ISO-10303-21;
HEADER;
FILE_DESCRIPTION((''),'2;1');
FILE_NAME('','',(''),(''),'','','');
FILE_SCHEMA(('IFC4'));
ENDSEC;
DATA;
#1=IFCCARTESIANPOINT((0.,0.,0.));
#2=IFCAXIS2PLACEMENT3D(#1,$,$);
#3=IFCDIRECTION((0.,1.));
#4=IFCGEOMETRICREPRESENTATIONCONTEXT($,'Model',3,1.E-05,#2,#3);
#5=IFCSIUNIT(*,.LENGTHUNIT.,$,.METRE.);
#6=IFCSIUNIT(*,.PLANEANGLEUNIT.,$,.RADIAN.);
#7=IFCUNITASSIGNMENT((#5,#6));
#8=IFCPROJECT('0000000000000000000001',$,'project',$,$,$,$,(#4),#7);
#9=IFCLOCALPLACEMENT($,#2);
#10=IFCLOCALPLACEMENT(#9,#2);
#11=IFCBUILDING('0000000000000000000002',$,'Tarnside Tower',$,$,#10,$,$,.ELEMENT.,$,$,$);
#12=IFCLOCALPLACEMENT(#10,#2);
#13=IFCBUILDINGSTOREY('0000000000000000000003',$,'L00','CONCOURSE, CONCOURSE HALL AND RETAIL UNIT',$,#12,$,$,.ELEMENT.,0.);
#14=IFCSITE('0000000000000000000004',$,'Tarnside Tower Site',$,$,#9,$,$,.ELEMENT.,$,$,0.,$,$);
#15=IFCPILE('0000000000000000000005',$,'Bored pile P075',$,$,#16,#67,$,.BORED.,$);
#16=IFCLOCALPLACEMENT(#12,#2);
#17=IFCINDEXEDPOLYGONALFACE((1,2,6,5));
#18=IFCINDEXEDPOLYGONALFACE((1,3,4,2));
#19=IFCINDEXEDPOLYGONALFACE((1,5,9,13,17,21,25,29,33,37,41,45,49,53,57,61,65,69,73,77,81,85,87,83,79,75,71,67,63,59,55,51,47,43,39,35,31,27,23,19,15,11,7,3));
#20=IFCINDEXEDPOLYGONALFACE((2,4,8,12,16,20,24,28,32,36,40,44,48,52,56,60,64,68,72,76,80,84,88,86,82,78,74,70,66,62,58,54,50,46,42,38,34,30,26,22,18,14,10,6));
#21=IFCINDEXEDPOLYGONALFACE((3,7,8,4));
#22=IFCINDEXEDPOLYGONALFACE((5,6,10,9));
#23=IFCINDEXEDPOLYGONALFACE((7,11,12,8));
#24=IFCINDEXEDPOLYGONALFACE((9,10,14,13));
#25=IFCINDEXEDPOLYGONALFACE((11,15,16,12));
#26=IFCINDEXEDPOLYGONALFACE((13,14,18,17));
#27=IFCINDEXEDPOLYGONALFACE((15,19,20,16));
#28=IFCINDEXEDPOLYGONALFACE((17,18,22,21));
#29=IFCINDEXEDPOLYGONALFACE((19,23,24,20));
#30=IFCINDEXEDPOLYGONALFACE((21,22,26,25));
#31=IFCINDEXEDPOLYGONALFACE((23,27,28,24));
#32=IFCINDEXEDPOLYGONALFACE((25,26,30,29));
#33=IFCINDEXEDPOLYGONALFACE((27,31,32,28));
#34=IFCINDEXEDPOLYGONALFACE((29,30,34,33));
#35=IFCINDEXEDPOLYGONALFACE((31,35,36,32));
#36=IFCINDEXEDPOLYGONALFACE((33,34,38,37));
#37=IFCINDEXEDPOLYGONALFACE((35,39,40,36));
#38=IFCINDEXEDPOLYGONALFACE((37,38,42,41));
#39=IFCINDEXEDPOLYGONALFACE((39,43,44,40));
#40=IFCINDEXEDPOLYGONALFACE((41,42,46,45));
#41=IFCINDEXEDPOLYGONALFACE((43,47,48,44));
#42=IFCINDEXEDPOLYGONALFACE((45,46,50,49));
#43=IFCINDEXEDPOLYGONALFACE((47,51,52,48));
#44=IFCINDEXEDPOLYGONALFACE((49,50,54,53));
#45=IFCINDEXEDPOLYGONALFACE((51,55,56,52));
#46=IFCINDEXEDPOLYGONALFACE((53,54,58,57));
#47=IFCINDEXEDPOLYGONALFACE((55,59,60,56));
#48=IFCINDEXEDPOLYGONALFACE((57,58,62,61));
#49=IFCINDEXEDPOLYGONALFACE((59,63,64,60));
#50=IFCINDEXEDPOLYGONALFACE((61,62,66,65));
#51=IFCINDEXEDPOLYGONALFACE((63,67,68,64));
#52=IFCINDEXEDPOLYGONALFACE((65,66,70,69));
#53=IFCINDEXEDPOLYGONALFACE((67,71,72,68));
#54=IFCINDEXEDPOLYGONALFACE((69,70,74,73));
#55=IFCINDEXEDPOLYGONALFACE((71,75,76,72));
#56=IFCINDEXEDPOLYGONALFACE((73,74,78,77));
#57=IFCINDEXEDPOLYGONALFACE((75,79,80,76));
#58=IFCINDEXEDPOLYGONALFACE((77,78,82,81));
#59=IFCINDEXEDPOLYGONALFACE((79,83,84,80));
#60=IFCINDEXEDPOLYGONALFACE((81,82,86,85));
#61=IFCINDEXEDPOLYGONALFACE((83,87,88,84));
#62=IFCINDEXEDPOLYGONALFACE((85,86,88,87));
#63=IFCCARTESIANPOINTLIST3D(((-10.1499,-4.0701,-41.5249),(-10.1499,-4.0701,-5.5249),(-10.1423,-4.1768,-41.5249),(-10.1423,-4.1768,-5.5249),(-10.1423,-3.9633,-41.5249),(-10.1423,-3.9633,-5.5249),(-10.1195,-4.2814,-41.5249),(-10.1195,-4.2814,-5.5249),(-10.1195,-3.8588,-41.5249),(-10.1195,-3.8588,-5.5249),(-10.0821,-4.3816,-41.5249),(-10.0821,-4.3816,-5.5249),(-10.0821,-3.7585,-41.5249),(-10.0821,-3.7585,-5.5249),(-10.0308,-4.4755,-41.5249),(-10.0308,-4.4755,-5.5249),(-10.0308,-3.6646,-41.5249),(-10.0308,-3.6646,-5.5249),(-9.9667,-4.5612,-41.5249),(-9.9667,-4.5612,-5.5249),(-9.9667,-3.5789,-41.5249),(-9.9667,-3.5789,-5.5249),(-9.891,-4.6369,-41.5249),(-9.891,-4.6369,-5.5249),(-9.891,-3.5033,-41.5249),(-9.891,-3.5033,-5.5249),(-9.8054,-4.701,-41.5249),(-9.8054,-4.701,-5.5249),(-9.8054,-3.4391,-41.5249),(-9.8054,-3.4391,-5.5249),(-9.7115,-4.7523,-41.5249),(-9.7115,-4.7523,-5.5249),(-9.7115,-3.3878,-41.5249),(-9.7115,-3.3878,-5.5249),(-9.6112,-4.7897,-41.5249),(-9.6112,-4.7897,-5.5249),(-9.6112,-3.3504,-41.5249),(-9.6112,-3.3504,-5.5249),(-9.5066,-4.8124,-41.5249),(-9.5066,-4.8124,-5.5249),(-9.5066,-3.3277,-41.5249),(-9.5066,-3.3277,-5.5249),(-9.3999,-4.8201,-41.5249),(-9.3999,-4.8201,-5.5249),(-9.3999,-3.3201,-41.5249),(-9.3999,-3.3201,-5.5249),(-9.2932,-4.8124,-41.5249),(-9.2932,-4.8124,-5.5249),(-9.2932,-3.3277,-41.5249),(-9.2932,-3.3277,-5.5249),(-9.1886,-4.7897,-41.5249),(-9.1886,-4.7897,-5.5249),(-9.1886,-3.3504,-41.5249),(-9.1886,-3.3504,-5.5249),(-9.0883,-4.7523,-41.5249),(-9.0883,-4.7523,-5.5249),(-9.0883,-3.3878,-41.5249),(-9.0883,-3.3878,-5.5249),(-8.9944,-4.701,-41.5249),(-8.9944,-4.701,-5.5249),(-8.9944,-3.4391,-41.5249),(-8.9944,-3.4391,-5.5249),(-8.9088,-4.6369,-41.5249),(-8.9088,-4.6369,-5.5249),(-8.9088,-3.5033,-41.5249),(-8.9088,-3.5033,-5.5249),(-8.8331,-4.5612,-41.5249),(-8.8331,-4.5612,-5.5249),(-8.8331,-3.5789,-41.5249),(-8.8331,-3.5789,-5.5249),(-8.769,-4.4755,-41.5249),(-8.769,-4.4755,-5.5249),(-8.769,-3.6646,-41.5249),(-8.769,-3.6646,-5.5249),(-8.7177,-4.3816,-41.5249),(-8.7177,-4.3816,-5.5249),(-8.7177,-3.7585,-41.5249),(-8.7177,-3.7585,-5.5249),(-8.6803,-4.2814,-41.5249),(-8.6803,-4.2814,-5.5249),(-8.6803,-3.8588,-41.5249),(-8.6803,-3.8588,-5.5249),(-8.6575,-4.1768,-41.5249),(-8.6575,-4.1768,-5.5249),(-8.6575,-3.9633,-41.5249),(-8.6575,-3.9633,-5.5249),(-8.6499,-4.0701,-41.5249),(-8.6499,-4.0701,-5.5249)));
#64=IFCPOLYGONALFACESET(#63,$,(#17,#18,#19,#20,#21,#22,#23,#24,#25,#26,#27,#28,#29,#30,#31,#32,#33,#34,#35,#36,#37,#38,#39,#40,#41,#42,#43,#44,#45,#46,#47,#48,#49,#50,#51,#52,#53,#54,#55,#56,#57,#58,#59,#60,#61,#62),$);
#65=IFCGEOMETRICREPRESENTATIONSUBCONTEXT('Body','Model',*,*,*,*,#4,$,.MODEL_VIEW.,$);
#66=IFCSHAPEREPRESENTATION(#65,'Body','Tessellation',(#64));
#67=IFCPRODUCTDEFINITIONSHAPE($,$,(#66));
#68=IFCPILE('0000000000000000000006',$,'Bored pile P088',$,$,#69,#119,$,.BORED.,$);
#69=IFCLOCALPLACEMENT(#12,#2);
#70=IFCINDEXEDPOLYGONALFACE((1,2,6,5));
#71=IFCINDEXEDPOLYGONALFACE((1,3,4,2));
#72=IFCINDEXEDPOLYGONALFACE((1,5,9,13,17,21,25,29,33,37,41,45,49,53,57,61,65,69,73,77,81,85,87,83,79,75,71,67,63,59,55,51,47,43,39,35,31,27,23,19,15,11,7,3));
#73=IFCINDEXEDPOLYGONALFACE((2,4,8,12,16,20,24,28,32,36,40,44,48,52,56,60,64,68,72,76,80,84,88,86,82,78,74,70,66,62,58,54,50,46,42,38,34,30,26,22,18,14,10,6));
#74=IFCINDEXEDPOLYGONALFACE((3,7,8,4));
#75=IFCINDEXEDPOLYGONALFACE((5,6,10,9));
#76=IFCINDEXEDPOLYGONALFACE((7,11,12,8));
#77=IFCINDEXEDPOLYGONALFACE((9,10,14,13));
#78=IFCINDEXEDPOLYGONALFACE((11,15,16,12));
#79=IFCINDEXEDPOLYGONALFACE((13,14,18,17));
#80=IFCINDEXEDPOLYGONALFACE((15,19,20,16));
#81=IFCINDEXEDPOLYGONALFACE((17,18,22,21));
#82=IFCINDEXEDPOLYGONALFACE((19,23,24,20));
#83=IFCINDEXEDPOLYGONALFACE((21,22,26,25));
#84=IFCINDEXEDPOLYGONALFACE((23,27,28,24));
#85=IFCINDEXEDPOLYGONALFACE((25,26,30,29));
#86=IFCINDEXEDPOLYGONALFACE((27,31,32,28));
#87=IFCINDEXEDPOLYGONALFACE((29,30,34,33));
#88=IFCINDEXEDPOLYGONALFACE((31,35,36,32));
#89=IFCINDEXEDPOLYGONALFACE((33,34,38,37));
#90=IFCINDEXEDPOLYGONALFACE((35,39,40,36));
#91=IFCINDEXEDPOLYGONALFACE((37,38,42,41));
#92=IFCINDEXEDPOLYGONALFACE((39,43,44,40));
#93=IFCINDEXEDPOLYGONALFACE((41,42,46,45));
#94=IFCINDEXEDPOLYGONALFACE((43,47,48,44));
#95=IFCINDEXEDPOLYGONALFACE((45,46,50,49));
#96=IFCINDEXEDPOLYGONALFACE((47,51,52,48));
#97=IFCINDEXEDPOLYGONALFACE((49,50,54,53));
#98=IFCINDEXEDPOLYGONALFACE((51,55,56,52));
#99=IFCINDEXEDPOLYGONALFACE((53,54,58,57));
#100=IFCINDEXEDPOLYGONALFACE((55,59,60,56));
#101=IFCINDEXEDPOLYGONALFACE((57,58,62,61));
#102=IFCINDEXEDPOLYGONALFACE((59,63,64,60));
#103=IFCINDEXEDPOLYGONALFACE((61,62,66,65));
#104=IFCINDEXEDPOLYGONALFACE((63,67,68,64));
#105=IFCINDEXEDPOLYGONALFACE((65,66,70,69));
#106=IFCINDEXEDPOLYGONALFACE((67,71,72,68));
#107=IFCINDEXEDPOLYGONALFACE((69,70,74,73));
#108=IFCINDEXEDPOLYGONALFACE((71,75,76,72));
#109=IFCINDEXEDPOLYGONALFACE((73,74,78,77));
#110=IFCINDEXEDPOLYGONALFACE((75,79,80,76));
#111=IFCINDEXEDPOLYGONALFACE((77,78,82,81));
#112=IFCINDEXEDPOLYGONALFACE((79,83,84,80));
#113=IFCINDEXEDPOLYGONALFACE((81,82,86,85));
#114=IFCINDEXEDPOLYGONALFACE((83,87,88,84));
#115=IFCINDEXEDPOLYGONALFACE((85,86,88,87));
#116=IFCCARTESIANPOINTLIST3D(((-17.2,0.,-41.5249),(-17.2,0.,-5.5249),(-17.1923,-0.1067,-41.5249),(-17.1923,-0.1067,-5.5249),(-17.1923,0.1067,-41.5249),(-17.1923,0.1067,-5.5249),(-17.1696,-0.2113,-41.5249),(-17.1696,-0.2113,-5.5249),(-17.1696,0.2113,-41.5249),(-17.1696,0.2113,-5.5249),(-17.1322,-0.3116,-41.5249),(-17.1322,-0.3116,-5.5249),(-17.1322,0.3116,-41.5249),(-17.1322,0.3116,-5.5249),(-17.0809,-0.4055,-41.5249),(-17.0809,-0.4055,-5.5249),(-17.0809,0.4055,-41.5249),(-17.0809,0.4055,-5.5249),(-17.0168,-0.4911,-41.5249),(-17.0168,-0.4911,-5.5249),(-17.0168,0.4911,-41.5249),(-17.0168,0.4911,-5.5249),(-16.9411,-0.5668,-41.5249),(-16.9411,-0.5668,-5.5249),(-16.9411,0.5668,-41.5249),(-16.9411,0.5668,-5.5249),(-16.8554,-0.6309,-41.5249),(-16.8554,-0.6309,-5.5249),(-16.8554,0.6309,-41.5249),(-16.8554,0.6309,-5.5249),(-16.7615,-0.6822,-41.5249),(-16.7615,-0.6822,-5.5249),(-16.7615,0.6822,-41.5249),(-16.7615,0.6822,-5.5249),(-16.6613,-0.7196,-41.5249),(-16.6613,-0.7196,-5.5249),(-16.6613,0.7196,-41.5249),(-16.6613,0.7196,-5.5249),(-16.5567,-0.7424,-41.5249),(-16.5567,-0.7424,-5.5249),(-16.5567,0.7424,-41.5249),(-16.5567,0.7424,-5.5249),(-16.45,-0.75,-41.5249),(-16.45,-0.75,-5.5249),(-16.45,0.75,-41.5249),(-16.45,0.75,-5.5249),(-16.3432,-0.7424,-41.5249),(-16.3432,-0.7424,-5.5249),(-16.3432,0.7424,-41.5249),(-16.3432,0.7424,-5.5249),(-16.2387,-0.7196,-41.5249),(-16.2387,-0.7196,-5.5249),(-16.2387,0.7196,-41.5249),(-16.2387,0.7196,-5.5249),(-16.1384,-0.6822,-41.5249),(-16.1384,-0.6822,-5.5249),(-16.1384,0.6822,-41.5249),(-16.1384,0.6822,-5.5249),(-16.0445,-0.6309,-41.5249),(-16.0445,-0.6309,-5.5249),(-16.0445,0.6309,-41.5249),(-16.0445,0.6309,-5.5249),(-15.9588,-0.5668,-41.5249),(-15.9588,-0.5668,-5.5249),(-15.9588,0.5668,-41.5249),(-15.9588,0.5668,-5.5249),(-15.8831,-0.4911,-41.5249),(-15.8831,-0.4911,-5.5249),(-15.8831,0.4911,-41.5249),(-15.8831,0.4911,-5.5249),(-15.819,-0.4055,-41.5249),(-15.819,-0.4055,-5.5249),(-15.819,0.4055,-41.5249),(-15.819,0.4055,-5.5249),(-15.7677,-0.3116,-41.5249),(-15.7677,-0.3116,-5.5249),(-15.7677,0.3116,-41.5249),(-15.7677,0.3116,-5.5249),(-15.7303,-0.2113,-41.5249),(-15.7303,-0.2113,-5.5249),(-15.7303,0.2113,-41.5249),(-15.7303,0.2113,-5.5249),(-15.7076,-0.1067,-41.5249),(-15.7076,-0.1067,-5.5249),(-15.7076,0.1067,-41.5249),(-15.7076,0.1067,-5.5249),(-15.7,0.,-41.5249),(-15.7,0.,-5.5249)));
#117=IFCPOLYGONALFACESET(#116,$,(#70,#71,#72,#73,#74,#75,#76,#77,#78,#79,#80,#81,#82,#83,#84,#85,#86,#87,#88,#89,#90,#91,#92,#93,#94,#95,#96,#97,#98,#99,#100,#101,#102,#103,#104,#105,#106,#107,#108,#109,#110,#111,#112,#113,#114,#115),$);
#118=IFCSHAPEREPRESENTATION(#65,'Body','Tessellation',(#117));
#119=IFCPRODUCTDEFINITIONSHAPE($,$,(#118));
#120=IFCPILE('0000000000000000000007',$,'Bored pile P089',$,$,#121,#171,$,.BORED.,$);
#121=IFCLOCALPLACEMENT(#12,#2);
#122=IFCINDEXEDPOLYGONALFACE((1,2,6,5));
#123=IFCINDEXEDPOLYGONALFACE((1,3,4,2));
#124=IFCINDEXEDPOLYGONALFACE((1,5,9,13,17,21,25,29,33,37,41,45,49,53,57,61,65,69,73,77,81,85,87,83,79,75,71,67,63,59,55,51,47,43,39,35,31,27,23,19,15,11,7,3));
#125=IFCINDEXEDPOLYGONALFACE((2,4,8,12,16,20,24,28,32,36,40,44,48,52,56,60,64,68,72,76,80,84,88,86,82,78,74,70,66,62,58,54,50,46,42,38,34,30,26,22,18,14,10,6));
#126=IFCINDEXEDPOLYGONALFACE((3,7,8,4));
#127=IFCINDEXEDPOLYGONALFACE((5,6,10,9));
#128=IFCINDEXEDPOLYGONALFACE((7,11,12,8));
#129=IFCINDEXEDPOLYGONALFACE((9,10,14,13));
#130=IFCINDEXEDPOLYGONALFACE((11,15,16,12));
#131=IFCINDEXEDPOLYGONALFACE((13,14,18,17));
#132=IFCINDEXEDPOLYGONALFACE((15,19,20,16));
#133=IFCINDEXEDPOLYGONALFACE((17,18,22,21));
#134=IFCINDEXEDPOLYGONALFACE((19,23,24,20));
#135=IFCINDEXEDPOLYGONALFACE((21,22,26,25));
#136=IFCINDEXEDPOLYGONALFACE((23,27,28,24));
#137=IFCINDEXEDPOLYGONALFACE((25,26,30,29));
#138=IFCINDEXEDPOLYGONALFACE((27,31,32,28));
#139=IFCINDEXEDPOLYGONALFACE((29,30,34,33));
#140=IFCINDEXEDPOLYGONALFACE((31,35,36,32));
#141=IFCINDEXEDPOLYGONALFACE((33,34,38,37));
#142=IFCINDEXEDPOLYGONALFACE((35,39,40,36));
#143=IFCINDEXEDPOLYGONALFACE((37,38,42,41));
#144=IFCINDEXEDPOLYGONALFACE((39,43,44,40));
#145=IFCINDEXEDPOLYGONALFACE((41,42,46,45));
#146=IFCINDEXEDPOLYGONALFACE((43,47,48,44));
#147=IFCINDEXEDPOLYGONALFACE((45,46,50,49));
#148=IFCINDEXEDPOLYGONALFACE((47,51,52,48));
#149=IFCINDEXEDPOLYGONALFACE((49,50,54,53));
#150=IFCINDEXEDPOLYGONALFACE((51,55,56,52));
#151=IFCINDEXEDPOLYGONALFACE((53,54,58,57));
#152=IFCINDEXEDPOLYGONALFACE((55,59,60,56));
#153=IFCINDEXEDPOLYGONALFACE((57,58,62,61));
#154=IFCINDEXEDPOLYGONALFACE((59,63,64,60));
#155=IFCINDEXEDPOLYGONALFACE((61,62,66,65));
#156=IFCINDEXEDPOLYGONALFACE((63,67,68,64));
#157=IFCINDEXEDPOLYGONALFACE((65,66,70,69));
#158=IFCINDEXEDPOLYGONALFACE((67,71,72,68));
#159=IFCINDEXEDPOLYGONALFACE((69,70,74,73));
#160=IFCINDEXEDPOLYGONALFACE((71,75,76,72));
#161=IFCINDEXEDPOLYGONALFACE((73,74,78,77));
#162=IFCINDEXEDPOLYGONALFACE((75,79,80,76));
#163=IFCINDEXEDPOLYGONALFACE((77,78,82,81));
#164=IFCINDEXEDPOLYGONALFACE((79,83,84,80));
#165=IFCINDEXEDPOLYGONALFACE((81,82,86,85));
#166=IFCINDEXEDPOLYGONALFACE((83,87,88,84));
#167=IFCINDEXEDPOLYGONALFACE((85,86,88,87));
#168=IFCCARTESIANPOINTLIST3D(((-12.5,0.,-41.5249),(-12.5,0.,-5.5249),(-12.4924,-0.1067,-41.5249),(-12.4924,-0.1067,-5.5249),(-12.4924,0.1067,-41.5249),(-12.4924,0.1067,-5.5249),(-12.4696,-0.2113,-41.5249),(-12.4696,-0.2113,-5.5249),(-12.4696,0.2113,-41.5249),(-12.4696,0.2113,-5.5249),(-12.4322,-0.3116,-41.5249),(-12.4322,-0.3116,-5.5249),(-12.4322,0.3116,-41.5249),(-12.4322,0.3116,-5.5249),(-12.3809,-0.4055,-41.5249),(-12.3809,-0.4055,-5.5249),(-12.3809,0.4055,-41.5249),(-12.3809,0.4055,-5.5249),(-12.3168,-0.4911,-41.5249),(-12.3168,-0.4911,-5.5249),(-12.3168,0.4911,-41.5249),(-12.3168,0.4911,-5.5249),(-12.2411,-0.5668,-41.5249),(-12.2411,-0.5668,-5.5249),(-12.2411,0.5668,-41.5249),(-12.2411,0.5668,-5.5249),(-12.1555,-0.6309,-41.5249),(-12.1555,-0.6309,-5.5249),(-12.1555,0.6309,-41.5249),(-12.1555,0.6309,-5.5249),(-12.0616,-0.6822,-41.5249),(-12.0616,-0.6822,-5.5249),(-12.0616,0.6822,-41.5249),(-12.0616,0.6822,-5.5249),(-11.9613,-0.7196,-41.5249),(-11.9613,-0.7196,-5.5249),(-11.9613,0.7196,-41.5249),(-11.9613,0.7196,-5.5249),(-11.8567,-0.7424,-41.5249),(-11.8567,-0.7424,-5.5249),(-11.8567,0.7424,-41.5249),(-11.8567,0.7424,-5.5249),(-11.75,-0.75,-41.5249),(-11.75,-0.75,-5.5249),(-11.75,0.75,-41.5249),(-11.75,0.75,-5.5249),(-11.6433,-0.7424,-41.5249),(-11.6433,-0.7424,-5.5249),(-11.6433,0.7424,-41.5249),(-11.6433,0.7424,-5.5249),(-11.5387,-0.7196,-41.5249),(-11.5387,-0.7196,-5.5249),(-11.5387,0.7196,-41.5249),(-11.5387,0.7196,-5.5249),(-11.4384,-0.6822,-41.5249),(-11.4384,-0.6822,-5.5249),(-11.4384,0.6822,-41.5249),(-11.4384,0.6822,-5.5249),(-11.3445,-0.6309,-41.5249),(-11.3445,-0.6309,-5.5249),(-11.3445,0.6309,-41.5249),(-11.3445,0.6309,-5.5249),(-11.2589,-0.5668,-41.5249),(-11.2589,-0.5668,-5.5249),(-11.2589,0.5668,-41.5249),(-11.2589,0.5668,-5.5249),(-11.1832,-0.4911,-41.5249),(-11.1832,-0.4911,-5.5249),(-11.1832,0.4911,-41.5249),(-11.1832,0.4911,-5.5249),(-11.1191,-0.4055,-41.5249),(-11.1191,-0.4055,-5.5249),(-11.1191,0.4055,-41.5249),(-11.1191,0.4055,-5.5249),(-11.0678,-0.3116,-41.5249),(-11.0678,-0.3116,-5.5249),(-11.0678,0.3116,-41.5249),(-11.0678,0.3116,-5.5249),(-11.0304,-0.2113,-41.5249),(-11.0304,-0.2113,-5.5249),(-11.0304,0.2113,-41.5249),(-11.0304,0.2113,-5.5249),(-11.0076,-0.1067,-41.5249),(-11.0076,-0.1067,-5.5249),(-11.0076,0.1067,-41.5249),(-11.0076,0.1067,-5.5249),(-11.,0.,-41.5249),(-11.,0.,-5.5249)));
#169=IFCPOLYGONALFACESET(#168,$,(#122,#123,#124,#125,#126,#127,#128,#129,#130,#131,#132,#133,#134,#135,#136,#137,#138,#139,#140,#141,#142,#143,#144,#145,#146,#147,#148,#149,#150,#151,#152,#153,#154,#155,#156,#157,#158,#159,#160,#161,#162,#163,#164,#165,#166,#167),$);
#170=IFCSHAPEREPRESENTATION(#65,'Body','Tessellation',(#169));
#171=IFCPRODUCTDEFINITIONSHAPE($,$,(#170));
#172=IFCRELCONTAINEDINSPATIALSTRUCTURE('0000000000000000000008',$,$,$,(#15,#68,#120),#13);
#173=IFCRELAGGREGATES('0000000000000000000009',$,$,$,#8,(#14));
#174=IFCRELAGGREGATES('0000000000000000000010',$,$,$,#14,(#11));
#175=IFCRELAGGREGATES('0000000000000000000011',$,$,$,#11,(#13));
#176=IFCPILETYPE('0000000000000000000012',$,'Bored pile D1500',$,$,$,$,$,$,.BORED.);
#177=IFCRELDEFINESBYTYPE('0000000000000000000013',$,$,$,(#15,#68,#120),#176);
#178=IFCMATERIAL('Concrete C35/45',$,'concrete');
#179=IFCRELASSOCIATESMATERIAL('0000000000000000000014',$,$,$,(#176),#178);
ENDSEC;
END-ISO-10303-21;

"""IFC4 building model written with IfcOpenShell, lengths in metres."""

from ifc_helpers import new_model, si_unit, direction, frame, origin, origin_2d, place, context, subcontext, project, spatial, circle, extrude, material, material_profile, profile_set, type_object, element, save


model = new_model("IFC4")

# Units and contexts
model_context = context("Model", 3, precision=1e-05, world=origin(), true_north=direction((0.0, 1.0)))
body_context = subcontext(model_context, "Body", "Model", "MODEL_VIEW")
ifc_project = project(units=[si_unit("LENGTHUNIT", "METRE"), si_unit("PLANEANGLEUNIT", "RADIAN")], contexts=[model_context])

# Site, building, storey
site_placement = place(None, origin())
site = spatial("IfcSite", under=ifc_project, at=site_placement, Name="Tarnside Tower Site", CompositionType="ELEMENT", RefElevation=0.0)
building_placement = place(site_placement, origin())
building = spatial("IfcBuilding", under=site, at=building_placement, Name="Tarnside Tower", CompositionType="ELEMENT")
storey_placement = place(building_placement, origin())
storey = spatial("IfcBuildingStorey", under=building, at=storey_placement, Name="L00", Description="CONCOURSE, CONCOURSE HALL AND RETAIL UNIT", CompositionType="ELEMENT", Elevation=0.0)

# Piles
ifc_material_1 = material(Name="Concrete C35/45", Category="concrete")
ifc_material_profile_1 = material_profile(ifc_material_1, circle(Radius=0.75, at=origin_2d()), Name="Bored pile D1500")
ifc_profile_set_1 = profile_set([ifc_material_profile_1], Name="Concrete C35/45")
pile_type = type_object("IfcPileType", Name="Bored pile D1500", PredefinedType="BORED", material=ifc_profile_set_1)
for number, where, z_axis, x_axis, name in (
    (1, (-9.3999, -4.0701, -5.5249), (0.0, 0.0, -1.0), (1.0, 0.0, 0.0), "Bored pile P075"),
    (2, (-16.45, 0.0, -5.5249), (0.0, 0.0, -1.0), (1.0, 0.0, 0.0), "Bored pile P088"),
    (3, (-11.75, 0.0, -5.5249), (0.0, 0.0, -1.0), (1.0, 0.0, 0.0), "Bored pile P089"),
):
    element("IfcPile", number, at=place(storey_placement, frame(where, z_axis=z_axis, x_axis=x_axis)), inside=storey, type_object=pile_type, Name=name, PredefinedType="BORED", context=body_context, shape_type="SweptSolid", body=[
        extrude(circle(Radius=0.75, at=origin_2d()), origin(), (0.0, 0.0, 1.0), 36.0),
    ])

save(model, "model.ifc")
